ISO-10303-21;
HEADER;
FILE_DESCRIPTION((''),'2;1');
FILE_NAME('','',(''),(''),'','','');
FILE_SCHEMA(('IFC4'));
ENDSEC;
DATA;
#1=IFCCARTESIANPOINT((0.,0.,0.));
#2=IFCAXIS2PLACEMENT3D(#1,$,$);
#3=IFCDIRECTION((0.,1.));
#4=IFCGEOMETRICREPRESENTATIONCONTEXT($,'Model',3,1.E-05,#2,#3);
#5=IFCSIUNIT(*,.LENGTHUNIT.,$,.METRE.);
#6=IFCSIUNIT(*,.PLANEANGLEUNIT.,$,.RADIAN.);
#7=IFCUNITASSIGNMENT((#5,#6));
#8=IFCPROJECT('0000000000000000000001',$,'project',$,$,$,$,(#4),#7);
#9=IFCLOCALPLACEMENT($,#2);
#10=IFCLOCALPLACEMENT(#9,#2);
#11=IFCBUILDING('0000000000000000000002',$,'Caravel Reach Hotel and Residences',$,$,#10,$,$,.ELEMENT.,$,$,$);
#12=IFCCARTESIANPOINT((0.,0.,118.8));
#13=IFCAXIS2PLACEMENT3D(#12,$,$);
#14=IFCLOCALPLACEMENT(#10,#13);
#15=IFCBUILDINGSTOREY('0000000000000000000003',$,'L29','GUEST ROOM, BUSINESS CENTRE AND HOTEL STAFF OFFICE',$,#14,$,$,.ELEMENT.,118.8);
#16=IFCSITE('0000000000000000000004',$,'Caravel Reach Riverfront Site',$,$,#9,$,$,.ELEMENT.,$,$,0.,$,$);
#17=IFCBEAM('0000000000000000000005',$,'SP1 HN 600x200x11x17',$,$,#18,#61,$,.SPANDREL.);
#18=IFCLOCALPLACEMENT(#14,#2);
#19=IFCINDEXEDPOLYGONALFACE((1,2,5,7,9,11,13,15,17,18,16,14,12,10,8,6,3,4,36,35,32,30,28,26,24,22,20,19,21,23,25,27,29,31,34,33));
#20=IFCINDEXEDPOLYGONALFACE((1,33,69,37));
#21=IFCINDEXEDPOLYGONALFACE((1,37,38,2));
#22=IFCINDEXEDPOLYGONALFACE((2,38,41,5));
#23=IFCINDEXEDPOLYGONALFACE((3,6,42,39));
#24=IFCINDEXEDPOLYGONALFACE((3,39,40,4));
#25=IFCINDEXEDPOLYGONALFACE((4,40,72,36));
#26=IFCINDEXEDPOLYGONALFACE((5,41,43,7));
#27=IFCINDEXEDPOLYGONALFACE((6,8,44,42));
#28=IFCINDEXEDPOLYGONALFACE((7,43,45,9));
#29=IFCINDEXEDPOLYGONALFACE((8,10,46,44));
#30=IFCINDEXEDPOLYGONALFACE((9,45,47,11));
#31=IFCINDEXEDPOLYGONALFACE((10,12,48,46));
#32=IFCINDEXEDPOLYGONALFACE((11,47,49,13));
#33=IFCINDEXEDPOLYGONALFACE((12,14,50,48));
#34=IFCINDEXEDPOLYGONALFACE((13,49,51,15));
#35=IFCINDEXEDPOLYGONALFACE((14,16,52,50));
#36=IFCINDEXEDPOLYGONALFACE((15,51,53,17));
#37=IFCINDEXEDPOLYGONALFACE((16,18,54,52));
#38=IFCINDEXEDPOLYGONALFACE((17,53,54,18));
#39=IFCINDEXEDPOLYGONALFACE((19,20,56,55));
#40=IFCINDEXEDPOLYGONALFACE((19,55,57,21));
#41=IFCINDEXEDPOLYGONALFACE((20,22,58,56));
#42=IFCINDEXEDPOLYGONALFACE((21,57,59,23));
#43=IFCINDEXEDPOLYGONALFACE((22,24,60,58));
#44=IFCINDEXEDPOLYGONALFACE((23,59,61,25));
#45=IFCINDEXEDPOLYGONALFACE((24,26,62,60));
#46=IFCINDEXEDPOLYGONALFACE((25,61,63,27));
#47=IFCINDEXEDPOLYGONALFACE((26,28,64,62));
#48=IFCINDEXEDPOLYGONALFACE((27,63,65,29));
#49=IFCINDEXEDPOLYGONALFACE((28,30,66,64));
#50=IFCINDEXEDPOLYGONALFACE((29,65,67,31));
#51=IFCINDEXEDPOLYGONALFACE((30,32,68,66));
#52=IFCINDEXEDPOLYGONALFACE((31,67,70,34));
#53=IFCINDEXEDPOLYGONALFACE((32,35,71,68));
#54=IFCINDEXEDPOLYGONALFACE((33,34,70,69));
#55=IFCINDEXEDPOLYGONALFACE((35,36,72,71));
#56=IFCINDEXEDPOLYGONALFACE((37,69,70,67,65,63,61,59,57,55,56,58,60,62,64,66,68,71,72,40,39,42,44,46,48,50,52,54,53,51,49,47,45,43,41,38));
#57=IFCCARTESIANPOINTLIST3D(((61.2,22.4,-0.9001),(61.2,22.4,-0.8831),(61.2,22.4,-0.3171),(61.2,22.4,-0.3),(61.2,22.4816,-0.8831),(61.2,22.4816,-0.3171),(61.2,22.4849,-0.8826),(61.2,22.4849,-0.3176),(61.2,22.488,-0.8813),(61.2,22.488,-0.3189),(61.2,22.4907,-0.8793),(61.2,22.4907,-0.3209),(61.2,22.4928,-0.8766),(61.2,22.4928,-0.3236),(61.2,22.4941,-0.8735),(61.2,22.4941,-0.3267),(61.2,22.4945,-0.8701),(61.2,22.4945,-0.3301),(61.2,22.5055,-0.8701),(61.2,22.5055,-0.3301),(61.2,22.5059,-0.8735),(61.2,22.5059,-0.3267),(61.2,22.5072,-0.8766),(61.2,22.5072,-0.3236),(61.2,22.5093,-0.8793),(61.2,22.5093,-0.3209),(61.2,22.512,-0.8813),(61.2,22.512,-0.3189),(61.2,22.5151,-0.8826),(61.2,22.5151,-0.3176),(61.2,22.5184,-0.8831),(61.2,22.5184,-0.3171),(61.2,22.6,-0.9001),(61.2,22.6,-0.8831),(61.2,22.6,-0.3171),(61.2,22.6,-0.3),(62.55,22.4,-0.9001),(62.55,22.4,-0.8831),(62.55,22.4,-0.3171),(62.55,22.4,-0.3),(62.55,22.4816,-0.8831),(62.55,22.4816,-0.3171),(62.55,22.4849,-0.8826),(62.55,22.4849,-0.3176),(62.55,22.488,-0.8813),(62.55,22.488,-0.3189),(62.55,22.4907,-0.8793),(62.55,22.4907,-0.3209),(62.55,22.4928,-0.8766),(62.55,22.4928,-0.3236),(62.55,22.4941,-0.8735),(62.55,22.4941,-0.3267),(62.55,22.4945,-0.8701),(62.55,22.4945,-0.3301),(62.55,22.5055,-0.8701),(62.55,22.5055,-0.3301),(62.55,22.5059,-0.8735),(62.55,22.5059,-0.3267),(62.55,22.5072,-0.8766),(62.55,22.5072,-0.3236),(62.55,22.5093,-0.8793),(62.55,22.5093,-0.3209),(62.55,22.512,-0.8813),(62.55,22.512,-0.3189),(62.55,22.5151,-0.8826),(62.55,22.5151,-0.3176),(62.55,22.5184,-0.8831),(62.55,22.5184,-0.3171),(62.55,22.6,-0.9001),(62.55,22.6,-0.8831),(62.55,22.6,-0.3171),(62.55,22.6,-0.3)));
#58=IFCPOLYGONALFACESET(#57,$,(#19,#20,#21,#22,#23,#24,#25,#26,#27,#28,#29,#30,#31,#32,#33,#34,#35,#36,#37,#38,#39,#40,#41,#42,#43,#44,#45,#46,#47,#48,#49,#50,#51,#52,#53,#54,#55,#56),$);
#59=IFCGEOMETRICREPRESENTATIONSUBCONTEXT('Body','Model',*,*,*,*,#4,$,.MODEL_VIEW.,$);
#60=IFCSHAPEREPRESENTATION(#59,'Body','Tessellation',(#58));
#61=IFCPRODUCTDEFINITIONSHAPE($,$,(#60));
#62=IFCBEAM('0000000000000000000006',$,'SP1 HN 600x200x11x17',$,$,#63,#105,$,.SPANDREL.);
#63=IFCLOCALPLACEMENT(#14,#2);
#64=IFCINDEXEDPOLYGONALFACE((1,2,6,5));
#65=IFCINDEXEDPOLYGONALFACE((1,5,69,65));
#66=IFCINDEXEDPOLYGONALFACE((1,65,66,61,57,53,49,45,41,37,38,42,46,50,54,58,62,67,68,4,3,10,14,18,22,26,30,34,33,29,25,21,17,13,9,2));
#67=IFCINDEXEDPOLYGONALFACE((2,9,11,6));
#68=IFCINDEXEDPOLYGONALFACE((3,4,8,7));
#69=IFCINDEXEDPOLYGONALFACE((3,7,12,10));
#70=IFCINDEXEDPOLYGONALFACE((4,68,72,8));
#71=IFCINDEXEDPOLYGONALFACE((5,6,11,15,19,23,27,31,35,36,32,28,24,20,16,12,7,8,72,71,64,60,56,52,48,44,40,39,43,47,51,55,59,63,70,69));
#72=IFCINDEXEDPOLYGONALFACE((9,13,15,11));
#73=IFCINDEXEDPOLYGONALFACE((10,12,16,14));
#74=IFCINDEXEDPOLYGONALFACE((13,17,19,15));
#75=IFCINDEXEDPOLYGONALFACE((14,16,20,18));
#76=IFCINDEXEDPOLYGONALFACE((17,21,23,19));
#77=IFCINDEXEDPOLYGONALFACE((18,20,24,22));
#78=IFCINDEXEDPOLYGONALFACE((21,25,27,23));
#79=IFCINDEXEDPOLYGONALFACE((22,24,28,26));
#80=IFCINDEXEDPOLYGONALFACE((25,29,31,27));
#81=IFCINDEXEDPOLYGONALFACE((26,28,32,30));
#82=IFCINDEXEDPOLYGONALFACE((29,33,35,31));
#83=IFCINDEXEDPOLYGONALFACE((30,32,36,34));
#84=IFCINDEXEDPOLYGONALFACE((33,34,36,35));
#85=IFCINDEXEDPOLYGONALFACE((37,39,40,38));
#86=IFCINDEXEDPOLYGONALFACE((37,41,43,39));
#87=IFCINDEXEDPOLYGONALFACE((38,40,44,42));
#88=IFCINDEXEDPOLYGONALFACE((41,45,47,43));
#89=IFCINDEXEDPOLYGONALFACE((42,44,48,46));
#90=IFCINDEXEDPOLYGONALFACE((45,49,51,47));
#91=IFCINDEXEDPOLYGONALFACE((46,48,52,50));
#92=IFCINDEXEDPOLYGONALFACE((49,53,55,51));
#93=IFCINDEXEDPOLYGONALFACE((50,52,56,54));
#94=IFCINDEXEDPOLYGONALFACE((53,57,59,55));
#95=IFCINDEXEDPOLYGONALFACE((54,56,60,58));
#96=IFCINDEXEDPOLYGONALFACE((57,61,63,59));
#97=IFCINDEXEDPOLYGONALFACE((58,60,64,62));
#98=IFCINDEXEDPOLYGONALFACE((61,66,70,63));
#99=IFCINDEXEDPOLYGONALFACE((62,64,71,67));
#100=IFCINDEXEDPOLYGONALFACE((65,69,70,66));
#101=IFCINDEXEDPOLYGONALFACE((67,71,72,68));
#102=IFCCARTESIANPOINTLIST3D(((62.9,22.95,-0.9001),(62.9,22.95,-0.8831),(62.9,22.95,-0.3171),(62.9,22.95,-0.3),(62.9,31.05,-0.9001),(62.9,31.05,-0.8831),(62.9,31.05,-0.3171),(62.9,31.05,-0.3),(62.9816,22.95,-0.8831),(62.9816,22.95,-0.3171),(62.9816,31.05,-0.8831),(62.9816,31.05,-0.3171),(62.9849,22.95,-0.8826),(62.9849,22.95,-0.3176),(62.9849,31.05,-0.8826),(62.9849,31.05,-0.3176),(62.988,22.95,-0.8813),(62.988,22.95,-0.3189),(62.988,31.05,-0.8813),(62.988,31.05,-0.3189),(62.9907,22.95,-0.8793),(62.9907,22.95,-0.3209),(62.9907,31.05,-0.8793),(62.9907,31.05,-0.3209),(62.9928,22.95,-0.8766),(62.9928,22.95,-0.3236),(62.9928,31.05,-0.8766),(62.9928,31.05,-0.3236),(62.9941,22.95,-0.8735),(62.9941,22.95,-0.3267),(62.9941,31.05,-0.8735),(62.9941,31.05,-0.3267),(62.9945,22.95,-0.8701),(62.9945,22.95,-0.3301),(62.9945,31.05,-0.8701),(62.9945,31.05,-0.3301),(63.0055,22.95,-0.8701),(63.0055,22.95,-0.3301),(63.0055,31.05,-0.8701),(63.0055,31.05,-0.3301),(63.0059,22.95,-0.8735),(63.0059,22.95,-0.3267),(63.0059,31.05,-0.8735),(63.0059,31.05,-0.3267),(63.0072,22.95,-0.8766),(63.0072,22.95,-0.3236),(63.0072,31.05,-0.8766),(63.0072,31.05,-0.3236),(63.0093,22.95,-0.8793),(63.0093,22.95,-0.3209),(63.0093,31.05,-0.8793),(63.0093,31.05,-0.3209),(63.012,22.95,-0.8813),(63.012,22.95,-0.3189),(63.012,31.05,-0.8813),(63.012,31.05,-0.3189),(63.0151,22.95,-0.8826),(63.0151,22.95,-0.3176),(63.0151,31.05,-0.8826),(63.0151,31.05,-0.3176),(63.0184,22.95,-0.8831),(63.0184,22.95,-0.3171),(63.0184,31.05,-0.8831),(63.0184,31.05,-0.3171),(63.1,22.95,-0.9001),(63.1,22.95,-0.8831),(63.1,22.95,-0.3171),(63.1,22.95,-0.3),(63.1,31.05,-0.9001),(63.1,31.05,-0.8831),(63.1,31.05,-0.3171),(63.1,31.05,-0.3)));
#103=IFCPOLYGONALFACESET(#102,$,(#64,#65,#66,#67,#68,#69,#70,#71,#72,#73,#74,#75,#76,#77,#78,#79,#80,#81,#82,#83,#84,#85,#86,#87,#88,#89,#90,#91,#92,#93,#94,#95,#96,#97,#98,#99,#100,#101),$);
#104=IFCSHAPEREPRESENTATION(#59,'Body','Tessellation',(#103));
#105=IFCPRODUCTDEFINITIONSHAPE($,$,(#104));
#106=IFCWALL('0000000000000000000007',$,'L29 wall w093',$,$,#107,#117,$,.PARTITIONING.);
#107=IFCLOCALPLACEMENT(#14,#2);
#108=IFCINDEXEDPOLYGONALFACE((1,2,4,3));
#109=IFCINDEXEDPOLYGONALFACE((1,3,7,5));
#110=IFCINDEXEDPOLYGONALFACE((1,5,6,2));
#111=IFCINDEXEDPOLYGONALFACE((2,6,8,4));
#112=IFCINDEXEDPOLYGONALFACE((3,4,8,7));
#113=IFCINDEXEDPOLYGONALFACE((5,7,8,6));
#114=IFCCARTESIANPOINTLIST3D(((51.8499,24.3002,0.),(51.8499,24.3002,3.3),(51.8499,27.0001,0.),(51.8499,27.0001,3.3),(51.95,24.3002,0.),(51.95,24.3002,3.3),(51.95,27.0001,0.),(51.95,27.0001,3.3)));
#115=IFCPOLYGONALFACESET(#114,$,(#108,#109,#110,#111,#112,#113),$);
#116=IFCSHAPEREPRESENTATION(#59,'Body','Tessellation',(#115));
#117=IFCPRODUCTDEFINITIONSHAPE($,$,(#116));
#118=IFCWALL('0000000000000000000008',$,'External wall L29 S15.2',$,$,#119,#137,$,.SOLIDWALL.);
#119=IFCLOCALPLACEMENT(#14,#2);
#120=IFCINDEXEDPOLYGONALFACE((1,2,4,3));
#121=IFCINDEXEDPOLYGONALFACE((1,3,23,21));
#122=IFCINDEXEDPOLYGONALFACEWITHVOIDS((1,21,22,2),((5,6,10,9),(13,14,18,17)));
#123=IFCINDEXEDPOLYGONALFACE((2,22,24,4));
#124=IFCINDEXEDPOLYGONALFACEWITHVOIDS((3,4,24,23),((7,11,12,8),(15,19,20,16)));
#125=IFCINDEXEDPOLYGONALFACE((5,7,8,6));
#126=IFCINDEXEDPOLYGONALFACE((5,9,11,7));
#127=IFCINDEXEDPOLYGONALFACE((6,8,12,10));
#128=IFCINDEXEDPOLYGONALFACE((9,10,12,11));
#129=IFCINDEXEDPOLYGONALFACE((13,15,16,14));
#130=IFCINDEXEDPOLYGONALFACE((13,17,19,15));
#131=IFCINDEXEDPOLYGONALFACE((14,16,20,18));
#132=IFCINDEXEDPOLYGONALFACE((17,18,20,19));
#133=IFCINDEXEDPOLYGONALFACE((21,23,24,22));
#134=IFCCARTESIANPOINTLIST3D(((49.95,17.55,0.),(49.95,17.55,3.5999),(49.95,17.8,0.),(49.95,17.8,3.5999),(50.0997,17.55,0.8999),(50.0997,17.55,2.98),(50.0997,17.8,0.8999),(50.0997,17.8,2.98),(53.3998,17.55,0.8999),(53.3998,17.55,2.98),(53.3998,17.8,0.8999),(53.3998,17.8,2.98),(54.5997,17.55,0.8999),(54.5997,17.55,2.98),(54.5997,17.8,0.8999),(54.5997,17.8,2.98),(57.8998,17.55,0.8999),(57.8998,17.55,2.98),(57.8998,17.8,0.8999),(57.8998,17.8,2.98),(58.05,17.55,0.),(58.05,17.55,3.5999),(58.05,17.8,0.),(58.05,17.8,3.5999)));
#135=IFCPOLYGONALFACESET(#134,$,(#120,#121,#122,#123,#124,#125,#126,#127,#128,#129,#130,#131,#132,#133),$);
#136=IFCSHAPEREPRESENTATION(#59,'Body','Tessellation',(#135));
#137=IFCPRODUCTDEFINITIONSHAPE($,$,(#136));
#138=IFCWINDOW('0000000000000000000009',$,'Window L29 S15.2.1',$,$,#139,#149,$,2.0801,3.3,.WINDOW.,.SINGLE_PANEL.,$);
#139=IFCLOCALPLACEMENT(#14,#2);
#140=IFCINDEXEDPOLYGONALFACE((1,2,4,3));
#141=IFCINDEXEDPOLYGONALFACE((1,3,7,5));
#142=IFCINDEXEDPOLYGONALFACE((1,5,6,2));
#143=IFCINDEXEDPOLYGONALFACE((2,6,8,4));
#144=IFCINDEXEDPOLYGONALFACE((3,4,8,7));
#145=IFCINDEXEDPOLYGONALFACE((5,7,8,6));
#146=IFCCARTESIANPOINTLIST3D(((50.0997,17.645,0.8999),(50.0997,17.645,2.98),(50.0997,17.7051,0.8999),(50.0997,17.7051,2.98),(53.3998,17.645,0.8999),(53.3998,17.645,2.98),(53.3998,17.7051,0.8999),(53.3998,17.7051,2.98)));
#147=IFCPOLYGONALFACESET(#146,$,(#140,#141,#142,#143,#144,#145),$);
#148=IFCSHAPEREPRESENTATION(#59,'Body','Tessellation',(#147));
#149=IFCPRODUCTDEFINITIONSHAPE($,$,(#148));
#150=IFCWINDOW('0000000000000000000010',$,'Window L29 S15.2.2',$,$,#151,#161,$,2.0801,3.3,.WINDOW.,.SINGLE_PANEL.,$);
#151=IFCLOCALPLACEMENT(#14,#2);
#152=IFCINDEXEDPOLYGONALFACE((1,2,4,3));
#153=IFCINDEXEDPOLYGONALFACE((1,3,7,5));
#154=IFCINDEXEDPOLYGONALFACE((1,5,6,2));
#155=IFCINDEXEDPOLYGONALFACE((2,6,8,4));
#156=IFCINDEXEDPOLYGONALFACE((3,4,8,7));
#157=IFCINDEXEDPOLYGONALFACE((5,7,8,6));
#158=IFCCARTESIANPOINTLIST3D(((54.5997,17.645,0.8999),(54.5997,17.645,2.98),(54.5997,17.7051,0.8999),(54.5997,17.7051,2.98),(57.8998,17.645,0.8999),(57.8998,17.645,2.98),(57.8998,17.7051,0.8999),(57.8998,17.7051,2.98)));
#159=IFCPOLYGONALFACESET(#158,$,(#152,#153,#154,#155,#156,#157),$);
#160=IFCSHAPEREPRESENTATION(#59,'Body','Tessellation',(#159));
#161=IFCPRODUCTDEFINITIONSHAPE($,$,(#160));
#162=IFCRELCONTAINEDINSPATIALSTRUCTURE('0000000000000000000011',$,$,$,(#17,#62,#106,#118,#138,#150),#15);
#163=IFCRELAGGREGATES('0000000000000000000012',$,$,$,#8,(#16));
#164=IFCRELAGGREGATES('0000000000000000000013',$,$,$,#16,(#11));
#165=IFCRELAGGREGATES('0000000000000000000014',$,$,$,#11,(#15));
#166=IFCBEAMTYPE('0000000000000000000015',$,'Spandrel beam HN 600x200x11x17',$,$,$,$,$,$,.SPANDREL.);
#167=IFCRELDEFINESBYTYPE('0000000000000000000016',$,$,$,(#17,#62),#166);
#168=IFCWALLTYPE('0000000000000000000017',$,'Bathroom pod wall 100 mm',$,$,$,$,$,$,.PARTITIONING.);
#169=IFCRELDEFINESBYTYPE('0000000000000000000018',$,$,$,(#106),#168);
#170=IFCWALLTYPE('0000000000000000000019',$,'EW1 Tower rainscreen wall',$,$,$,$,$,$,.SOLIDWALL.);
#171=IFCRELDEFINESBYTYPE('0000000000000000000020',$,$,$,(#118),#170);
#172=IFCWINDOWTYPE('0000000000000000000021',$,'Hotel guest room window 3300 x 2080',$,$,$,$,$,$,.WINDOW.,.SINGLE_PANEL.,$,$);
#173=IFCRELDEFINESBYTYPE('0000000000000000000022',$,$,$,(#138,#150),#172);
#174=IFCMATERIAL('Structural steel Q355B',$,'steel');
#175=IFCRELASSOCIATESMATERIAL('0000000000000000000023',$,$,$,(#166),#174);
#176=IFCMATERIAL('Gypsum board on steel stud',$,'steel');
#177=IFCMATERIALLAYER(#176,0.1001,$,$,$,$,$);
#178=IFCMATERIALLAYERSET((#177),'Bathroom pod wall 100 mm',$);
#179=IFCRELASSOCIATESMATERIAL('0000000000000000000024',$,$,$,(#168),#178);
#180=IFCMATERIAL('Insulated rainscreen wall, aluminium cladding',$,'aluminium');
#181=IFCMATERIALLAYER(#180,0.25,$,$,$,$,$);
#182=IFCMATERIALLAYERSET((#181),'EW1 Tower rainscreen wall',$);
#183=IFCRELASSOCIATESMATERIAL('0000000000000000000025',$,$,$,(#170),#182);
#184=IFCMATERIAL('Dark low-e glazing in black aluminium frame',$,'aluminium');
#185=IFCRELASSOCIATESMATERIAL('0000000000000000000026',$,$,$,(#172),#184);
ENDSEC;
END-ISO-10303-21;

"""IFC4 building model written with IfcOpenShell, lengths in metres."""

from ifc_helpers import new_model, si_unit, direction, frame, frame_2d, origin, origin_2d, place, context, subcontext, project, spatial, rectangle, i_section, extrude, material, layer, layer_set, material_profile, profile_set, type_object, element, fill, save


model = new_model("IFC4")

# Units and contexts
model_context = context("Model", 3, precision=1e-05, world=origin(), true_north=direction((0.0, 1.0)))
body_context = subcontext(model_context, "Body", "Model", "MODEL_VIEW")
ifc_project = project(units=[si_unit("LENGTHUNIT", "METRE"), si_unit("PLANEANGLEUNIT", "RADIAN")], contexts=[model_context])

# Site, building, storey
site_placement = place(None, origin())
site = spatial("IfcSite", under=ifc_project, at=site_placement, Name="Caravel Reach Riverfront Site", CompositionType="ELEMENT", RefElevation=0.0)
building_placement = place(site_placement, origin())
building = spatial("IfcBuilding", under=site, at=building_placement, Name="Caravel Reach Hotel and Residences", CompositionType="ELEMENT")
storey_placement = place(building_placement, frame((0.0, 0.0, 118.8)))
storey = spatial("IfcBuildingStorey", under=building, at=storey_placement, Name="L29", Description="GUEST ROOM, BUSINESS CENTRE AND HOTEL STAFF OFFICE", CompositionType="ELEMENT", Elevation=118.8)

# Beams
ifc_material_1 = material(Name="Structural steel Q355B", Category="steel")
ifc_material_profile_1 = material_profile(ifc_material_1, i_section(OverallWidth=0.2, OverallDepth=0.6001, WebThickness=0.011, FlangeThickness=0.0171, FilletRadius=0.0129, at=origin_2d()), Name="HN 600x200x11x17")
ifc_profile_set_1 = profile_set([ifc_material_profile_1], Name="Structural steel Q355B")
beam_type_1 = type_object("IfcBeamType", Name="Spandrel beam HN 600x200x11x17", PredefinedType="SPANDREL", material=ifc_profile_set_1)
for number, where, z_axis, x_axis, name in (
    (1, (61.2, 22.5, -0.6001), (1.0, 0.0, 0.0), (0.0, 1.0, 0.0), "SP1 HN 600x200x11x17"),
):
    element("IfcBeam", number, at=place(storey_placement, frame(where, z_axis=z_axis, x_axis=x_axis)), inside=storey, type_object=beam_type_1, Name=name, PredefinedType="SPANDREL", context=body_context, shape_type="SweptSolid", body=[
        extrude(i_section(OverallWidth=0.2, OverallDepth=0.6001, WebThickness=0.011, FlangeThickness=0.0171, FilletRadius=0.0129, at=origin_2d()), origin(), (0.0, 0.0, 1.0), 1.3501),
    ])
beam_1_placement = place(storey_placement, frame((63.0, 22.95, -0.6001), z_axis=(0.0, 1.0, 0.0), x_axis=(-1.0, 0.0, 0.0)))
element("IfcBeam", 2, at=beam_1_placement, inside=storey, type_object=beam_type_1, Name="SP1 HN 600x200x11x17", PredefinedType="SPANDREL", context=body_context, shape_type="SweptSolid", body=[
    extrude(i_section(OverallWidth=0.2, OverallDepth=0.6001, WebThickness=0.011, FlangeThickness=0.0171, FilletRadius=0.0129, at=origin_2d()), origin(), (0.0, 0.0, 1.0), 8.1001),
])

# Wall
ifc_material_2 = material(Name="Gypsum board on steel stud", Category="steel")
ifc_layer_1 = layer(ifc_material_2, 0.1001)
ifc_layer_set_1 = layer_set([ifc_layer_1], Name="Bathroom pod wall 100 mm")
wall_type_1 = type_object("IfcWallType", Name="Bathroom pod wall 100 mm", PredefinedType="PARTITIONING", material=ifc_layer_set_1)
wall_1_placement = place(storey_placement, frame((51.8999, 24.3, 0.0), z_axis=(0.0, 0.0, 1.0), x_axis=(0.0, 1.0, 0.0)))
element("IfcWall", 3, at=wall_1_placement, inside=storey, type_object=wall_type_1, Name="L29 wall w093", PredefinedType="PARTITIONING", context=body_context, shape_type="SweptSolid", body=[
    extrude(rectangle(XDim=2.7, YDim=0.1001, at=frame_2d((1.3501, 0.0))), origin(), (0.0, 0.0, 1.0), 3.3),
])

# Wall, openings, windows
ifc_material_3 = material(Name="Insulated rainscreen wall, aluminium cladding", Category="aluminium")
ifc_layer_2 = layer(ifc_material_3, 0.25)
ifc_layer_set_2 = layer_set([ifc_layer_2], Name="EW1 Tower rainscreen wall")
wall_type_2 = type_object("IfcWallType", Name="EW1 Tower rainscreen wall", PredefinedType="SOLIDWALL", material=ifc_layer_set_2)
wall_2_placement = place(storey_placement, frame((49.95, 17.675, 0.0), z_axis=(0.0, 0.0, 1.0), x_axis=(1.0, 0.0, 0.0)))
wall_2 = element("IfcWall", 4, at=wall_2_placement, inside=storey, type_object=wall_type_2, Name="External wall L29 S15.2", PredefinedType="SOLIDWALL", context=body_context, shape_type="SweptSolid", body=[
    extrude(rectangle(XDim=8.1001, YDim=0.25, at=frame_2d((4.05, 0.0))), origin(), (0.0, 0.0, 1.0), 3.5999),
])
opening_1_placement = place(wall_2_placement, frame((0.1499, 0.0, 0.8999)))
opening_1 = element("IfcOpeningElement", 5, at=opening_1_placement, cuts=wall_2, PredefinedType="OPENING", context=body_context, shape_type="SweptSolid", body=[
    extrude(rectangle(XDim=3.3, YDim=2.0801, at=frame_2d((1.6499, 1.04))), frame((0.0, 0.135, 0.0), z_axis=(0.0, -1.0, 0.0), x_axis=(1.0, 0.0, 0.0)), (0.0, 0.0, 1.0), 0.27),
])
opening_2_placement = place(wall_2_placement, frame((4.6499, 0.0, 0.8999)))
opening_2 = element("IfcOpeningElement", 6, at=opening_2_placement, cuts=wall_2, PredefinedType="OPENING", context=body_context, shape_type="SweptSolid", body=[
    extrude(rectangle(XDim=3.3, YDim=2.0801, at=frame_2d((1.6499, 1.04))), frame((0.0, 0.135, 0.0), z_axis=(0.0, -1.0, 0.0), x_axis=(1.0, 0.0, 0.0)), (0.0, 0.0, 1.0), 0.27),
])
ifc_material_4 = material(Name="Dark low-e glazing in black aluminium frame", Category="aluminium")
window_type_1 = type_object("IfcWindowType", Name="Hotel guest room window 3300 x 2080", PartitioningType="SINGLE_PANEL", PredefinedType="WINDOW", material=ifc_material_4)
window_1_placement = place(opening_1_placement, origin())
window_1 = element("IfcWindow", 7, at=window_1_placement, inside=storey, type_object=window_type_1, Name="Window L29 S15.2.1", OverallHeight=2.0801, OverallWidth=3.3, PartitioningType="SINGLE_PANEL", PredefinedType="WINDOW", context=body_context, shape_type="SweptSolid", body=[
    extrude(rectangle(XDim=3.3, YDim=2.0801, at=frame_2d((1.6499, 1.04))), frame((0.0, 0.03, 0.0), z_axis=(0.0, -1.0, 0.0), x_axis=(1.0, 0.0, 0.0)), (0.0, 0.0, 1.0), 0.0601),
])
fill(opening_1, window_1)
window_2_placement = place(opening_2_placement, origin())
window_2 = element("IfcWindow", 8, at=window_2_placement, inside=storey, type_object=window_type_1, Name="Window L29 S15.2.2", OverallHeight=2.0801, OverallWidth=3.3, PartitioningType="SINGLE_PANEL", PredefinedType="WINDOW", context=body_context, shape_type="SweptSolid", body=[
    extrude(rectangle(XDim=3.3, YDim=2.0801, at=frame_2d((1.6499, 1.04))), frame((0.0, 0.03, 0.0), z_axis=(0.0, -1.0, 0.0), x_axis=(1.0, 0.0, 0.0)), (0.0, 0.0, 1.0), 0.0601),
])
fill(opening_2, window_2)

save(model, "model.ifc")
